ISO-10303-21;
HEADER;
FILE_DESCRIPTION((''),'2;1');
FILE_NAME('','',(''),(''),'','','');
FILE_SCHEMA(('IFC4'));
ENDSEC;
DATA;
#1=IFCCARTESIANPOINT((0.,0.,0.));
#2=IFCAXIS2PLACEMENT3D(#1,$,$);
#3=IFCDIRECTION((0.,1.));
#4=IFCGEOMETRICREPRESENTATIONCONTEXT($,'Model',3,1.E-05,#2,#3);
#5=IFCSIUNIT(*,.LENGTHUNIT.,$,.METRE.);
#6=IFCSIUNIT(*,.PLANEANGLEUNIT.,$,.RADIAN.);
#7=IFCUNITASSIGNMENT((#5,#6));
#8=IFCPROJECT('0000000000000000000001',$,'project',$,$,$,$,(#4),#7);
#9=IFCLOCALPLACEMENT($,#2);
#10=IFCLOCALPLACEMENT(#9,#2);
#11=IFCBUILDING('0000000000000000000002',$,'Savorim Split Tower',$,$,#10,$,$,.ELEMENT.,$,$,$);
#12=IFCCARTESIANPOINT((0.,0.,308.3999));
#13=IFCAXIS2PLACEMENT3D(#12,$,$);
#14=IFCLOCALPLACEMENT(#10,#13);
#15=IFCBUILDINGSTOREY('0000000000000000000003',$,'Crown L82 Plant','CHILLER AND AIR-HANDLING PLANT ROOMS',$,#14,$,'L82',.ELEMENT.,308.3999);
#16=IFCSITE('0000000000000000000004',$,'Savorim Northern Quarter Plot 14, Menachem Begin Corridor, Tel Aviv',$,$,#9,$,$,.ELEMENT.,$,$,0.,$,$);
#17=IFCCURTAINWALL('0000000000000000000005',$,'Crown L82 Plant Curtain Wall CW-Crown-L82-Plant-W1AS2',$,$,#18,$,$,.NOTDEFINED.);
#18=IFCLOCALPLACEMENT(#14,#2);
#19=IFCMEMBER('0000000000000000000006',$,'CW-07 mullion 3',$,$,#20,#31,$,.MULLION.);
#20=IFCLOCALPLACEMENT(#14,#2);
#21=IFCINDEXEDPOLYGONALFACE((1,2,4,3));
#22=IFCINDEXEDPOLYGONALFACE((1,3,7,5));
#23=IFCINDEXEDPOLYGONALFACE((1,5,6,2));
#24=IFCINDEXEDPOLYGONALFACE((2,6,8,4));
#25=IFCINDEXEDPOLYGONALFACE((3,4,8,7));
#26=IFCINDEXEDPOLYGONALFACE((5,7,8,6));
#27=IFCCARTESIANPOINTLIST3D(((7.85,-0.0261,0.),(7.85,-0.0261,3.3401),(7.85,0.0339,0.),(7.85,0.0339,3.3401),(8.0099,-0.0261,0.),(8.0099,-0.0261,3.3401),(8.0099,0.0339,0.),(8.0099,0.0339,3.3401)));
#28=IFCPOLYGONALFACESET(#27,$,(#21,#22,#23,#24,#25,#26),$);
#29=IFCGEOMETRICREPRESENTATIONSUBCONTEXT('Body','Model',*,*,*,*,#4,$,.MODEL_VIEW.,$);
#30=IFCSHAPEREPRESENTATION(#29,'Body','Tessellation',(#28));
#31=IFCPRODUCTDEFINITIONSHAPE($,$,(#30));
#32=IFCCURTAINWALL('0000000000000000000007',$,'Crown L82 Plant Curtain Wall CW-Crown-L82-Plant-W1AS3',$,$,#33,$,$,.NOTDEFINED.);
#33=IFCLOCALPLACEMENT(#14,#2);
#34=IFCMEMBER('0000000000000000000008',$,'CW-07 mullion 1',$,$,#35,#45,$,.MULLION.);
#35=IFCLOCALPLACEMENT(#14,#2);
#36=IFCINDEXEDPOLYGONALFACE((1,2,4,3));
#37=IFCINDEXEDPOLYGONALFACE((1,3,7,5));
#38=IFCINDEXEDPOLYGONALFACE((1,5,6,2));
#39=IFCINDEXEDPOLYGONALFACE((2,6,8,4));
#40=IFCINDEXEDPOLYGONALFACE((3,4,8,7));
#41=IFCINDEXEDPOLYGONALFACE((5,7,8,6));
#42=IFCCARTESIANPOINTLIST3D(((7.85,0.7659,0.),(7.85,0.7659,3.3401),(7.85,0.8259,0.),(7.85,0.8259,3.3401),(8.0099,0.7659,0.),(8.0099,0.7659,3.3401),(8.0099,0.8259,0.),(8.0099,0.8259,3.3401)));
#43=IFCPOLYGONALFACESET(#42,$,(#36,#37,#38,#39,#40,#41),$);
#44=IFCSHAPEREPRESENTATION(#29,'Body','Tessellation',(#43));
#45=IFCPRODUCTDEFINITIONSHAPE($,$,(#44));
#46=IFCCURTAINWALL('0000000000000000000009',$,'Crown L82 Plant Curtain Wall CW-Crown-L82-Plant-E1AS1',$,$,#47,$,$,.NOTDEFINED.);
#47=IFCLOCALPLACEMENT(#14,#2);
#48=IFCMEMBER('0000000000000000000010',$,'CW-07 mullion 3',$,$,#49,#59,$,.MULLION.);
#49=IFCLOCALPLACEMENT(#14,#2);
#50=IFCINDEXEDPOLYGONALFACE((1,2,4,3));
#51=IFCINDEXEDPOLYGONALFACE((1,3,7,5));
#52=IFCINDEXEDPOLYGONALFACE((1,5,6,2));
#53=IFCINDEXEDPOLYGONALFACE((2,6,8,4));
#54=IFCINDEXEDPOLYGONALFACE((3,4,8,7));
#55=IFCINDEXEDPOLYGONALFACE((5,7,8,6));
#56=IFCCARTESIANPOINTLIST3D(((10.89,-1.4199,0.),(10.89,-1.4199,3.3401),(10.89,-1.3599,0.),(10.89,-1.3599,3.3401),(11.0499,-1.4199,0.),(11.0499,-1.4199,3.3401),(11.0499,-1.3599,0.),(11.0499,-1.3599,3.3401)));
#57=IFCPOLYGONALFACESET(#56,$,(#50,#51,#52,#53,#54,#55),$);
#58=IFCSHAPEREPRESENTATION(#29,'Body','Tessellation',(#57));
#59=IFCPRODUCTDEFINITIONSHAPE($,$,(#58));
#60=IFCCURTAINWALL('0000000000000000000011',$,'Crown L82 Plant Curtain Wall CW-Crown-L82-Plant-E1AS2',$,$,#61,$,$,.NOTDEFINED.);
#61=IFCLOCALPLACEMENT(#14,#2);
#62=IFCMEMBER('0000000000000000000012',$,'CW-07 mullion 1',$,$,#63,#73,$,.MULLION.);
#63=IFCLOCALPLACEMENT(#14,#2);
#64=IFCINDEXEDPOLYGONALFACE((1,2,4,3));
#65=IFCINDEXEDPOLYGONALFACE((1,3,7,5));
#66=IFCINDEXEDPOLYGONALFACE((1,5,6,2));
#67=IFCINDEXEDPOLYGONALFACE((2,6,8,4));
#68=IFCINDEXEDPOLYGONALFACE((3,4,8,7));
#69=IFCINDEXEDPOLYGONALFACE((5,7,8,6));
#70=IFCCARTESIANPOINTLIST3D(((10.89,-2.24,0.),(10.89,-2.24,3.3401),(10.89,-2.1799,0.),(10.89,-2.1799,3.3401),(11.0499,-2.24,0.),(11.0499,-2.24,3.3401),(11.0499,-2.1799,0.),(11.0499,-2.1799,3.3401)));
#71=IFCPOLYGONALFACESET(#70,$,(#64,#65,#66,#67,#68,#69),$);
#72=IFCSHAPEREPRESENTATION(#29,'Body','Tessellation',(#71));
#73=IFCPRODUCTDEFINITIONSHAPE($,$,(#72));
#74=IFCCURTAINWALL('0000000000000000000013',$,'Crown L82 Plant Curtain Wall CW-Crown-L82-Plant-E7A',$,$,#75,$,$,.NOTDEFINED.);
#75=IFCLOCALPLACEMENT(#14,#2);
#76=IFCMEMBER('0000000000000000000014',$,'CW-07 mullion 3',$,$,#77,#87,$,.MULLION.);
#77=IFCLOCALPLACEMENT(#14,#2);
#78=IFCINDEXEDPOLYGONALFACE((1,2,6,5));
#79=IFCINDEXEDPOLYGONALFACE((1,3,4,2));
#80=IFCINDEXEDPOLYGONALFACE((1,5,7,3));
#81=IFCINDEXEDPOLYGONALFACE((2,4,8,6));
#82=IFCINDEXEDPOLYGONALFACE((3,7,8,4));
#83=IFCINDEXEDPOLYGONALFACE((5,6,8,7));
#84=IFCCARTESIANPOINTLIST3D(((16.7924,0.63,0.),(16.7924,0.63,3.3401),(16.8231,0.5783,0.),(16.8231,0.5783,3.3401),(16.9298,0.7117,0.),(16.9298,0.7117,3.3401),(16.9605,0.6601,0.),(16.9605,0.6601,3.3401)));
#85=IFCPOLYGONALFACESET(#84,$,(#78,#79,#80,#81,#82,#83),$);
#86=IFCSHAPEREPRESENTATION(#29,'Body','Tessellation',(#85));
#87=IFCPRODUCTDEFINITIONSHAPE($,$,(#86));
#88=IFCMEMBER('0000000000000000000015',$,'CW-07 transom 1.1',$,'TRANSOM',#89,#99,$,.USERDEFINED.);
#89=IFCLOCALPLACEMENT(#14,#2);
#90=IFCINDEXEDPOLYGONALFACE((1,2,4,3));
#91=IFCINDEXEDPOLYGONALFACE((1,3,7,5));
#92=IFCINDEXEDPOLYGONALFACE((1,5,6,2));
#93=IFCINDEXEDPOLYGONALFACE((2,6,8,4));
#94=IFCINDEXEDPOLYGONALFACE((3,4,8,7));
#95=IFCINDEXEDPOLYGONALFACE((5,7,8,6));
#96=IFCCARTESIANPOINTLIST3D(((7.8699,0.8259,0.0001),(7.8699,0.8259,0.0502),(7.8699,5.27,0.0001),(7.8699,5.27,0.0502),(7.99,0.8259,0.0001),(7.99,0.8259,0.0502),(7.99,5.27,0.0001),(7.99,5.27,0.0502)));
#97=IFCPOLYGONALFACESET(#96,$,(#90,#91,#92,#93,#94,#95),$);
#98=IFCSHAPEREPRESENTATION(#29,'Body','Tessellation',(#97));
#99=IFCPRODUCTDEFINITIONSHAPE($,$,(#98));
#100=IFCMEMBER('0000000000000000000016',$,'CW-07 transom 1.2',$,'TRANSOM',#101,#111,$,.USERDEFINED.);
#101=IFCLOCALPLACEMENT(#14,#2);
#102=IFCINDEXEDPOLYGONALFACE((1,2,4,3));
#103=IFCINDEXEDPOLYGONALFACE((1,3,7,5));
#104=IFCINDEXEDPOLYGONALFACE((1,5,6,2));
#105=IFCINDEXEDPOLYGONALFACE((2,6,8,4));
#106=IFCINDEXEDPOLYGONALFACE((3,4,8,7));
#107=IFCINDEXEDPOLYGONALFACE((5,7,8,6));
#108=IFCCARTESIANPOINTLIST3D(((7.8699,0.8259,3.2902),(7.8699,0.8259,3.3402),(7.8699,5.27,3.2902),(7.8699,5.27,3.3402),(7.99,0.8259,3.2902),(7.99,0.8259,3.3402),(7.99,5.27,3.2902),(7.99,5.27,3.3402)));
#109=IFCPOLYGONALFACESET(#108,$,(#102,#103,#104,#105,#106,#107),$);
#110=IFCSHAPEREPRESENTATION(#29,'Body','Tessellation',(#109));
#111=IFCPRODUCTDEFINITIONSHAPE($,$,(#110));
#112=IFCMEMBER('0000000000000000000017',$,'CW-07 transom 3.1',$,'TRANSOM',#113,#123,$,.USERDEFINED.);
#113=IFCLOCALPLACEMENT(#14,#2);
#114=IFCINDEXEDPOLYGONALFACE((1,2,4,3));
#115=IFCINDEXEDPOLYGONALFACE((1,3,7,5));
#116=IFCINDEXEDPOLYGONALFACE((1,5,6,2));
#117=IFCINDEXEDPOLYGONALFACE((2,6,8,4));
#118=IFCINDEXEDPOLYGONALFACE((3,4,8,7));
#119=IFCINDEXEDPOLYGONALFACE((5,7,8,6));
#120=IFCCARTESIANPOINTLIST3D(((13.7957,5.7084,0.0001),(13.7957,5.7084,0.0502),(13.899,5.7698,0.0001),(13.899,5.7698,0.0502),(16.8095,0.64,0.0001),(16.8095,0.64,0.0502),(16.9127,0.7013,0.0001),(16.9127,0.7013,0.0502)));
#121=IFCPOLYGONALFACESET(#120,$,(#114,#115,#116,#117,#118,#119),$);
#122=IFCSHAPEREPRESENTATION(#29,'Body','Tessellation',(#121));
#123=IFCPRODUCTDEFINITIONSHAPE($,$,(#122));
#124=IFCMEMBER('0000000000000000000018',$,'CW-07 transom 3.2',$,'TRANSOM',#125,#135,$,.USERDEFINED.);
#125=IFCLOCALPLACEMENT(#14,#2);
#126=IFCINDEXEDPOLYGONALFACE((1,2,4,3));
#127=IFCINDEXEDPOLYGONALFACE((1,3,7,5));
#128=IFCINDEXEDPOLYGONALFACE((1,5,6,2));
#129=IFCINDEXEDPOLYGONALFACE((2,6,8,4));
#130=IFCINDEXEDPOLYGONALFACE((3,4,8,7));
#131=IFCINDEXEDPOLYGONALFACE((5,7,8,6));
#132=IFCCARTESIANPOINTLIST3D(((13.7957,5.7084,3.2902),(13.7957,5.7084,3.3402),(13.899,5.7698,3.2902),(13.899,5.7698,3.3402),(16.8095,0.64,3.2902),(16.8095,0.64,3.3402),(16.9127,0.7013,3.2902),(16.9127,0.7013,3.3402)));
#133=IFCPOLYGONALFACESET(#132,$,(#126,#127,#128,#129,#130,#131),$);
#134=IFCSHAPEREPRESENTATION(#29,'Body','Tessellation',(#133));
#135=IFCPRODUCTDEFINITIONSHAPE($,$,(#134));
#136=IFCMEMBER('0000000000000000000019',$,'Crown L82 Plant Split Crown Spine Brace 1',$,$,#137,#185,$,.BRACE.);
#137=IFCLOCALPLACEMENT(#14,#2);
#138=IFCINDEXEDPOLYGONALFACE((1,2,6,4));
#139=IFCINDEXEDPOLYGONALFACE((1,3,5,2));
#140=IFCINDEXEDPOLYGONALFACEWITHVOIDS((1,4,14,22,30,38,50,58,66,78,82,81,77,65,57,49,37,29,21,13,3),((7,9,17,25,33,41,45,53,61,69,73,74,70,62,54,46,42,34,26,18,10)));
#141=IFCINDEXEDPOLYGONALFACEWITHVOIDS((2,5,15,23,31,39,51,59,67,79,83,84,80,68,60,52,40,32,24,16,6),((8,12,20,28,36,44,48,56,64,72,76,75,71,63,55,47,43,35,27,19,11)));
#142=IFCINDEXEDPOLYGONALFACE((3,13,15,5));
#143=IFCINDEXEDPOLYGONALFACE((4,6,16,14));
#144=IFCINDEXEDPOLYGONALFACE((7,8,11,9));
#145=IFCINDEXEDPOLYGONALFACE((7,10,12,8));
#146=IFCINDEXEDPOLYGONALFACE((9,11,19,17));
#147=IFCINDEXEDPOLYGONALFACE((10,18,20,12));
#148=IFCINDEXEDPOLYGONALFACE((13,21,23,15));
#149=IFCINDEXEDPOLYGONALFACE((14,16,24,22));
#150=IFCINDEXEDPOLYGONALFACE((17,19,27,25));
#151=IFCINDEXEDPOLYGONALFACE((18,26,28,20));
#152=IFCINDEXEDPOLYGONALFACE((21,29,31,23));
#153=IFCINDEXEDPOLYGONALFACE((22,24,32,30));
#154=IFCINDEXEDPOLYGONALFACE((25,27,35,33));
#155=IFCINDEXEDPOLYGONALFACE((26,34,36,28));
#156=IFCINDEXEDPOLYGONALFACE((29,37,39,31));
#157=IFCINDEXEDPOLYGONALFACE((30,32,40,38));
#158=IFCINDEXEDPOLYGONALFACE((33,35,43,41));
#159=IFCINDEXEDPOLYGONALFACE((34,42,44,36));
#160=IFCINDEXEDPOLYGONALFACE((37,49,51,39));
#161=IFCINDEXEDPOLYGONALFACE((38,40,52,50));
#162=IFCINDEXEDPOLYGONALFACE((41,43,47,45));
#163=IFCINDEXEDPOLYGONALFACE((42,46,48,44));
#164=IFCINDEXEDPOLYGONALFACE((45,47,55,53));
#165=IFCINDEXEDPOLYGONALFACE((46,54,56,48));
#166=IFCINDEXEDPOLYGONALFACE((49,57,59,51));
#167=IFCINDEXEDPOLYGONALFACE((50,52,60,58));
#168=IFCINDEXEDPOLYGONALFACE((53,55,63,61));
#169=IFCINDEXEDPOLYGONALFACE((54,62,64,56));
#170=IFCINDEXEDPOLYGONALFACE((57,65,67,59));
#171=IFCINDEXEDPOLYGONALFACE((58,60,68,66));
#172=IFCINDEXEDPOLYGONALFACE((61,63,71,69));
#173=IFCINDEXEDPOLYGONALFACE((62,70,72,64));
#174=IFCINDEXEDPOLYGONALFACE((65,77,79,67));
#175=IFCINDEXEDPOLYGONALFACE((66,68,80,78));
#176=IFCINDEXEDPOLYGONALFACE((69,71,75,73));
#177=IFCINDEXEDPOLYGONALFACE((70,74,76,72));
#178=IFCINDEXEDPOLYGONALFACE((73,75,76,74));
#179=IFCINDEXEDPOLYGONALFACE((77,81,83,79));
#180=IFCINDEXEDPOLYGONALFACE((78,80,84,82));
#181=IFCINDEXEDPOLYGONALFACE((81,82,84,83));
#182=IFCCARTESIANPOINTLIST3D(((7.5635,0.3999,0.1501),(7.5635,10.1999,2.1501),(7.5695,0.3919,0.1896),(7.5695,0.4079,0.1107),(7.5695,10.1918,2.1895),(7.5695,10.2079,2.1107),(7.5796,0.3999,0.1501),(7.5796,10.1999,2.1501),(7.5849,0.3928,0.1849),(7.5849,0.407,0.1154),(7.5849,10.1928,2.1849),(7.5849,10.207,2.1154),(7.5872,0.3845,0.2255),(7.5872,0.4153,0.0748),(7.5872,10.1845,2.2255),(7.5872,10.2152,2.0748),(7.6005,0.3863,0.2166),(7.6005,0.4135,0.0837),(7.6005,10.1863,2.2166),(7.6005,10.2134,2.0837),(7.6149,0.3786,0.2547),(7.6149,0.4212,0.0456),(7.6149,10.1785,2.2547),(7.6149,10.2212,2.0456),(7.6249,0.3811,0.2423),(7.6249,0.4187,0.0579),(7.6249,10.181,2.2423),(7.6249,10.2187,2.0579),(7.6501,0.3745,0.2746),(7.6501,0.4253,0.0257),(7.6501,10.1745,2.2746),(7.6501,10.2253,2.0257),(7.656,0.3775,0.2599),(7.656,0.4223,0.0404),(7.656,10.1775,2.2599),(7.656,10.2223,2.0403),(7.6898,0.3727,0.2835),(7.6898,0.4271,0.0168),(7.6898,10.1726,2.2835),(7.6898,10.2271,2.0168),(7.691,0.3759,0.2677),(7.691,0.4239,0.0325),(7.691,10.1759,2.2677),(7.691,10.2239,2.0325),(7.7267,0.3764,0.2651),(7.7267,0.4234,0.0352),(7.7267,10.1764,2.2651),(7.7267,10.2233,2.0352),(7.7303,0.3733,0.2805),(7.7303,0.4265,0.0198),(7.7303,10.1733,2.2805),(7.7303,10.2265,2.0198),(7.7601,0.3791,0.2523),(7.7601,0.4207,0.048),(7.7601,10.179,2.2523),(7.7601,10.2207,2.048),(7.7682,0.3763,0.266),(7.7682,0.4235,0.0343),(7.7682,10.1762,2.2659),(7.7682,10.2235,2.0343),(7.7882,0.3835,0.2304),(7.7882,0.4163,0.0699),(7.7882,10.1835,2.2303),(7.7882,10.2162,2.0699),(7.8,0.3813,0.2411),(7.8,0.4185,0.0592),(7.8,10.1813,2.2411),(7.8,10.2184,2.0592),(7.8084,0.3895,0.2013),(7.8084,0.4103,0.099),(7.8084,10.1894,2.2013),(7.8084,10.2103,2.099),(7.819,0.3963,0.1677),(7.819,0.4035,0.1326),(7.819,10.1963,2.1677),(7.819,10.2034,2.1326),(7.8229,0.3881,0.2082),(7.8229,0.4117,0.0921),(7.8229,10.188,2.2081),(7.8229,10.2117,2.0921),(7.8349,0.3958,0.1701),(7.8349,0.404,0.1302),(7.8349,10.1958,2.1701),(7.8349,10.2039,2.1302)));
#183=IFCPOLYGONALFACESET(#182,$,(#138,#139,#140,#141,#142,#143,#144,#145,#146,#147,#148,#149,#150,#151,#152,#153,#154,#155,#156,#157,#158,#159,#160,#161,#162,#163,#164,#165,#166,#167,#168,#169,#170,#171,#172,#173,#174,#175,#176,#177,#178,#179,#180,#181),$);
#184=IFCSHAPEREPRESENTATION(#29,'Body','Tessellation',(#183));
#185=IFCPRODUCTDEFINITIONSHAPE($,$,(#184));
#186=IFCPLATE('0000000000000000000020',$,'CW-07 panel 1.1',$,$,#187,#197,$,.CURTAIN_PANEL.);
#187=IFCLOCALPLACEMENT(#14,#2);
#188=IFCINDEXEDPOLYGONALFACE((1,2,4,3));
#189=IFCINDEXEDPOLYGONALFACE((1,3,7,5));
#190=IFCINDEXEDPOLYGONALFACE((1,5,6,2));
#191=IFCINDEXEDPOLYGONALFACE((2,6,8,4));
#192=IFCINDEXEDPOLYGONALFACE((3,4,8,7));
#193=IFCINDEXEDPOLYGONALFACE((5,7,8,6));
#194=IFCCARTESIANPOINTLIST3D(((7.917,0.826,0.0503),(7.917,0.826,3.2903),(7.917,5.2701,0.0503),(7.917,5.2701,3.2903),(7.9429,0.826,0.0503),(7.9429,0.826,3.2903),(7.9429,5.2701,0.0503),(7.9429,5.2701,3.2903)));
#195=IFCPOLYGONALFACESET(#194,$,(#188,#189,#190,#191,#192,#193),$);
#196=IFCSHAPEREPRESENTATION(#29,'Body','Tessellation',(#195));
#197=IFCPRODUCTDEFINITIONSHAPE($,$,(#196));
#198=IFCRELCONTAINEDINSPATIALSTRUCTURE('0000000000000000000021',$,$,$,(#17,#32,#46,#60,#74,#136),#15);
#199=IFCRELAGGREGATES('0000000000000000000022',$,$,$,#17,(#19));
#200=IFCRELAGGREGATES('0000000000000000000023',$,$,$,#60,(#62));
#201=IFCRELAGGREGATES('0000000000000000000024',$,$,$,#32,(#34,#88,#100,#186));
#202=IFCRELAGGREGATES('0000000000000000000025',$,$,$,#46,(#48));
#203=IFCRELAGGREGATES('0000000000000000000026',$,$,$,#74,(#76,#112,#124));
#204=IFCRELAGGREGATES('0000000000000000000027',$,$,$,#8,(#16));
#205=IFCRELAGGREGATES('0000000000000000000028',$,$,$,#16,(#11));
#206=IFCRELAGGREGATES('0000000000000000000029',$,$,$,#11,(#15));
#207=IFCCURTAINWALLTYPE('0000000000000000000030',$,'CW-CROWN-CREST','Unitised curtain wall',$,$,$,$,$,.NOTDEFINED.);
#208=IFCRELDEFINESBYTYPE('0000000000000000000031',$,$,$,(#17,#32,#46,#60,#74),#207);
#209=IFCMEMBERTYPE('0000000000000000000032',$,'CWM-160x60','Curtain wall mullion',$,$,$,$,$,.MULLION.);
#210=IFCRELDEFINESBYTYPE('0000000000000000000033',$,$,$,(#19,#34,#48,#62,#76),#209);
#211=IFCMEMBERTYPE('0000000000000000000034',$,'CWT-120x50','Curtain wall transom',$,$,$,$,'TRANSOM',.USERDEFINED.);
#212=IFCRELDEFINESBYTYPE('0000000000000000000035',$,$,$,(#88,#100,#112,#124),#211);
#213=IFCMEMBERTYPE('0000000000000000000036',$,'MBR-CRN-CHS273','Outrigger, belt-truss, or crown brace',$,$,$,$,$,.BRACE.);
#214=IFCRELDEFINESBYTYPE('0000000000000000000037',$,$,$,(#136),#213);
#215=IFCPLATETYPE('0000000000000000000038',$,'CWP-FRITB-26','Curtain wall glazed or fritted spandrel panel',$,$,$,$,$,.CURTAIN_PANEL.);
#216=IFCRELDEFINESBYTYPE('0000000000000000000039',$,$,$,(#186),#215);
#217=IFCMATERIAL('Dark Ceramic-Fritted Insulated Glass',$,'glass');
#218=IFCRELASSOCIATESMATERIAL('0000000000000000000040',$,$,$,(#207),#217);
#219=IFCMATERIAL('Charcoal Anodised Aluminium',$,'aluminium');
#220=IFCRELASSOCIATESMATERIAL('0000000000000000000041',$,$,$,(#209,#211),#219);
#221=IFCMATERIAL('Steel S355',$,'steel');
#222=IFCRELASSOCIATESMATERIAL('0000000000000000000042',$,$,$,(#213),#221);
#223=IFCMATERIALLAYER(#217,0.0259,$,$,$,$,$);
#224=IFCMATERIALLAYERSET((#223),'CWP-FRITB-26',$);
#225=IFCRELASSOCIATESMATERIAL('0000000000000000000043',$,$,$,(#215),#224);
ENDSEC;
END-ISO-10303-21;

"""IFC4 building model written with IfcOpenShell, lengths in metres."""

from ifc_helpers import new_model, si_unit, direction, frame, origin, origin_2d, place, context, subcontext, project, spatial, rectangle, hollow_circle, extrude, material, layer, layer_set, material_profile, profile_set, type_object, element, aggregate, save


model = new_model("IFC4")

# Units and contexts
model_context = context("Model", 3, precision=1e-05, world=origin(), true_north=direction((0.0, 1.0)))
body_context = subcontext(model_context, "Body", "Model", "MODEL_VIEW")
ifc_project = project(units=[si_unit("LENGTHUNIT", "METRE"), si_unit("PLANEANGLEUNIT", "RADIAN")], contexts=[model_context])

# Site, building, storey
site_placement = place(None, origin())
site = spatial("IfcSite", under=ifc_project, at=site_placement, Name="Savorim Northern Quarter Plot 14, Menachem Begin Corridor, Tel Aviv", CompositionType="ELEMENT", RefElevation=0.0)
building_placement = place(site_placement, origin())
building = spatial("IfcBuilding", under=site, at=building_placement, Name="Savorim Split Tower", CompositionType="ELEMENT")
storey_placement = place(building_placement, frame((0.0, 0.0, 308.3999)))
storey = spatial("IfcBuildingStorey", under=building, at=storey_placement, Name="Crown L82 Plant", Description="CHILLER AND AIR-HANDLING PLANT ROOMS", LongName="L82", CompositionType="ELEMENT", Elevation=308.3999)

# Shared definitions
ifc_material_1 = material(Name="Steel S355", Category="steel")

# Curtain walls, members
ifc_material_2 = material(Name="Dark Ceramic-Fritted Insulated Glass", Category="glass")
curtain_wall_type = type_object("IfcCurtainWallType", Name="CW-CROWN-CREST", Description="Unitised curtain wall", PredefinedType="NOTDEFINED", material=ifc_material_2)
curtain_wall_1_placement = place(storey_placement, origin())
curtain_wall_1 = element("IfcCurtainWall", 1, at=curtain_wall_1_placement, inside=storey, type_object=curtain_wall_type, Name="Crown L82 Plant Curtain Wall CW-Crown-L82-Plant-W1AS2", PredefinedType="NOTDEFINED")
ifc_material_3 = material(Name="Charcoal Anodised Aluminium", Category="aluminium")
ifc_material_profile_1 = material_profile(ifc_material_3, rectangle(XDim=0.1599, YDim=0.0601, at=origin_2d()), Name="ALU-M 160x60")
ifc_profile_set_1 = profile_set([ifc_material_profile_1], Name="Charcoal Anodised Aluminium")
member_type_1 = type_object("IfcMemberType", Name="CWM-160x60", Description="Curtain wall mullion", PredefinedType="MULLION", material=ifc_profile_set_1)
member_1_placement = place(storey_placement, frame((7.9299, 0.0039, 0.0), z_axis=(0.0, 0.0, 1.0), x_axis=(-1.0, 0.0, 0.0)))
member_1 = element("IfcMember", 2, at=member_1_placement, type_object=member_type_1, Name="CW-07 mullion 3", PredefinedType="MULLION", context=body_context, shape_type="SweptSolid", body=[
    extrude(rectangle(XDim=0.1599, YDim=0.0601, at=origin_2d()), origin(), (0.0, 0.0, 1.0), 3.3401),
])
aggregate(curtain_wall_1, [member_1])
curtain_wall_2_placement = place(storey_placement, origin())
curtain_wall_2 = element("IfcCurtainWall", 3, at=curtain_wall_2_placement, inside=storey, type_object=curtain_wall_type, Name="Crown L82 Plant Curtain Wall CW-Crown-L82-Plant-W1AS3", PredefinedType="NOTDEFINED")
member_2_placement = place(storey_placement, frame((7.9299, 0.7959, 0.0), z_axis=(0.0, 0.0, 1.0), x_axis=(-1.0, 0.0, 0.0)))
member_2 = element("IfcMember", 4, at=member_2_placement, type_object=member_type_1, Name="CW-07 mullion 1", PredefinedType="MULLION", context=body_context, shape_type="SweptSolid", body=[
    extrude(rectangle(XDim=0.1599, YDim=0.0601, at=origin_2d()), origin(), (0.0, 0.0, 1.0), 3.3401),
])
curtain_wall_3_placement = place(storey_placement, origin())
curtain_wall_3 = element("IfcCurtainWall", 5, at=curtain_wall_3_placement, inside=storey, type_object=curtain_wall_type, Name="Crown L82 Plant Curtain Wall CW-Crown-L82-Plant-E1AS1", PredefinedType="NOTDEFINED")
member_3_placement = place(storey_placement, frame((10.97, -1.3899, 0.0), z_axis=(0.0, 0.0, 1.0), x_axis=(1.0, 0.0, 0.0)))
member_3 = element("IfcMember", 6, at=member_3_placement, type_object=member_type_1, Name="CW-07 mullion 3", PredefinedType="MULLION", context=body_context, shape_type="SweptSolid", body=[
    extrude(rectangle(XDim=0.1599, YDim=0.0601, at=origin_2d()), origin(), (0.0, 0.0, 1.0), 3.3401),
])
curtain_wall_4_placement = place(storey_placement, origin())
curtain_wall_4 = element("IfcCurtainWall", 7, at=curtain_wall_4_placement, inside=storey, type_object=curtain_wall_type, Name="Crown L82 Plant Curtain Wall CW-Crown-L82-Plant-E1AS2", PredefinedType="NOTDEFINED")
member_4_placement = place(storey_placement, frame((10.97, -2.21, 0.0), z_axis=(0.0, 0.0, 1.0), x_axis=(1.0, 0.0, 0.0)))
member_4 = element("IfcMember", 8, at=member_4_placement, type_object=member_type_1, Name="CW-07 mullion 1", PredefinedType="MULLION", context=body_context, shape_type="SweptSolid", body=[
    extrude(rectangle(XDim=0.1599, YDim=0.0601, at=origin_2d()), origin(), (0.0, 0.0, 1.0), 3.3401),
])
aggregate(curtain_wall_4, [member_4])
curtain_wall_5_placement = place(storey_placement, origin())
curtain_wall_5 = element("IfcCurtainWall", 9, at=curtain_wall_5_placement, inside=storey, type_object=curtain_wall_type, Name="Crown L82 Plant Curtain Wall CW-Crown-L82-Plant-E7A", PredefinedType="NOTDEFINED")
member_5_placement = place(storey_placement, frame((16.8765, 0.645, 0.0), z_axis=(0.0, 0.0, 1.0), x_axis=(-0.859524, -0.511095, 0.0)))
member_5 = element("IfcMember", 10, at=member_5_placement, type_object=member_type_1, Name="CW-07 mullion 3", PredefinedType="MULLION", context=body_context, shape_type="SweptSolid", body=[
    extrude(rectangle(XDim=0.1599, YDim=0.0601, at=origin_2d()), origin(), (0.0, 0.0, 1.0), 3.3401),
])

# Members
ifc_material_profile_2 = material_profile(ifc_material_3, rectangle(XDim=0.1201, YDim=0.05, at=origin_2d()), Name="ALU-T 120x50")
ifc_profile_set_2 = profile_set([ifc_material_profile_2], Name="Charcoal Anodised Aluminium")
member_type_2 = type_object("IfcMemberType", Name="CWT-120x50", Description="Curtain wall transom", ElementType="TRANSOM", PredefinedType="USERDEFINED", material=ifc_profile_set_2)
member_6_placement = place(storey_placement, frame((7.9299, 0.8259, 0.0251), z_axis=(0.0, 1.0, 0.0), x_axis=(-1.0, 0.0, 0.0)))
member_6 = element("IfcMember", 11, at=member_6_placement, type_object=member_type_2, Name="CW-07 transom 1.1", ObjectType="TRANSOM", PredefinedType="USERDEFINED", context=body_context, shape_type="SweptSolid", body=[
    extrude(rectangle(XDim=0.1201, YDim=0.05, at=origin_2d()), origin(), (0.0, 0.0, 1.0), 4.4441),
])
member_7_placement = place(storey_placement, frame((7.9299, 0.8259, 3.3152), z_axis=(0.0, 1.0, 0.0), x_axis=(-1.0, 0.0, 0.0)))
member_7 = element("IfcMember", 12, at=member_7_placement, type_object=member_type_2, Name="CW-07 transom 1.2", ObjectType="TRANSOM", PredefinedType="USERDEFINED", context=body_context, shape_type="SweptSolid", body=[
    extrude(rectangle(XDim=0.1201, YDim=0.05, at=origin_2d()), origin(), (0.0, 0.0, 1.0), 4.4441),
])
member_8_placement = place(storey_placement, frame((16.8611, 0.6707, 0.0251), z_axis=(-0.511082, 0.859532, 0.0), x_axis=(-0.859532, -0.511082, 0.0)))
member_8 = element("IfcMember", 13, at=member_8_placement, type_object=member_type_2, Name="CW-07 transom 3.1", ObjectType="TRANSOM", PredefinedType="USERDEFINED", context=body_context, shape_type="SweptSolid", body=[
    extrude(rectangle(XDim=0.1201, YDim=0.05, at=origin_2d()), origin(), (0.0, 0.0, 1.0), 5.8967),
])
member_9_placement = place(storey_placement, frame((16.8611, 0.6707, 3.3152), z_axis=(-0.511082, 0.859532, 0.0), x_axis=(-0.859532, -0.511082, 0.0)))
member_9 = element("IfcMember", 14, at=member_9_placement, type_object=member_type_2, Name="CW-07 transom 3.2", ObjectType="TRANSOM", PredefinedType="USERDEFINED", context=body_context, shape_type="SweptSolid", body=[
    extrude(rectangle(XDim=0.1201, YDim=0.05, at=origin_2d()), origin(), (0.0, 0.0, 1.0), 5.8967),
])
ifc_material_profile_3 = material_profile(ifc_material_1, hollow_circle(Radius=0.1365, WallThickness=0.0161, at=origin_2d()), Name="CHS 273x16")
ifc_profile_set_3 = profile_set([ifc_material_profile_3], Name="Steel S355")
member_type_3 = type_object("IfcMemberType", Name="MBR-CRN-CHS273", Description="Outrigger, belt-truss, or crown brace", PredefinedType="BRACE", material=ifc_profile_set_3)
member_10_placement = place(storey_placement, frame((7.7, 0.3999, 0.1501), z_axis=(0.0, 0.979804, 0.199959), x_axis=(-1.0, 0.0, 0.0)))
element("IfcMember", 15, at=member_10_placement, inside=storey, type_object=member_type_3, Name="Crown L82 Plant Split Crown Spine Brace 1", PredefinedType="BRACE", context=body_context, shape_type="SweptSolid", body=[
    extrude(hollow_circle(Radius=0.1365, WallThickness=0.0161, at=origin_2d()), origin(), (0.0, 0.0, 1.0), 10.002),
])

# Plate
ifc_layer_1 = layer(ifc_material_2, 0.0259)
ifc_layer_set_1 = layer_set([ifc_layer_1], Name="CWP-FRITB-26")
plate_type_1 = type_object("IfcPlateType", Name="CWP-FRITB-26", Description="Curtain wall glazed or fritted spandrel panel", PredefinedType="CURTAIN_PANEL", material=ifc_layer_set_1)
plate_1_placement = place(storey_placement, frame((7.9299, 3.0481, 0.0503), z_axis=(0.0, 0.0, 1.0), x_axis=(0.0, 1.0, 0.0)))
plate_1 = element("IfcPlate", 16, at=plate_1_placement, type_object=plate_type_1, Name="CW-07 panel 1.1", PredefinedType="CURTAIN_PANEL", context=body_context, shape_type="SweptSolid", body=[
    extrude(rectangle(XDim=4.4441, YDim=0.0259, at=origin_2d()), origin(), (0.0, 0.0, 1.0), 3.24),
])
aggregate(curtain_wall_2, [member_2, member_6, member_7, plate_1])
aggregate(curtain_wall_3, [member_3])
aggregate(curtain_wall_5, [member_5, member_8, member_9])

save(model, "model.ifc")
